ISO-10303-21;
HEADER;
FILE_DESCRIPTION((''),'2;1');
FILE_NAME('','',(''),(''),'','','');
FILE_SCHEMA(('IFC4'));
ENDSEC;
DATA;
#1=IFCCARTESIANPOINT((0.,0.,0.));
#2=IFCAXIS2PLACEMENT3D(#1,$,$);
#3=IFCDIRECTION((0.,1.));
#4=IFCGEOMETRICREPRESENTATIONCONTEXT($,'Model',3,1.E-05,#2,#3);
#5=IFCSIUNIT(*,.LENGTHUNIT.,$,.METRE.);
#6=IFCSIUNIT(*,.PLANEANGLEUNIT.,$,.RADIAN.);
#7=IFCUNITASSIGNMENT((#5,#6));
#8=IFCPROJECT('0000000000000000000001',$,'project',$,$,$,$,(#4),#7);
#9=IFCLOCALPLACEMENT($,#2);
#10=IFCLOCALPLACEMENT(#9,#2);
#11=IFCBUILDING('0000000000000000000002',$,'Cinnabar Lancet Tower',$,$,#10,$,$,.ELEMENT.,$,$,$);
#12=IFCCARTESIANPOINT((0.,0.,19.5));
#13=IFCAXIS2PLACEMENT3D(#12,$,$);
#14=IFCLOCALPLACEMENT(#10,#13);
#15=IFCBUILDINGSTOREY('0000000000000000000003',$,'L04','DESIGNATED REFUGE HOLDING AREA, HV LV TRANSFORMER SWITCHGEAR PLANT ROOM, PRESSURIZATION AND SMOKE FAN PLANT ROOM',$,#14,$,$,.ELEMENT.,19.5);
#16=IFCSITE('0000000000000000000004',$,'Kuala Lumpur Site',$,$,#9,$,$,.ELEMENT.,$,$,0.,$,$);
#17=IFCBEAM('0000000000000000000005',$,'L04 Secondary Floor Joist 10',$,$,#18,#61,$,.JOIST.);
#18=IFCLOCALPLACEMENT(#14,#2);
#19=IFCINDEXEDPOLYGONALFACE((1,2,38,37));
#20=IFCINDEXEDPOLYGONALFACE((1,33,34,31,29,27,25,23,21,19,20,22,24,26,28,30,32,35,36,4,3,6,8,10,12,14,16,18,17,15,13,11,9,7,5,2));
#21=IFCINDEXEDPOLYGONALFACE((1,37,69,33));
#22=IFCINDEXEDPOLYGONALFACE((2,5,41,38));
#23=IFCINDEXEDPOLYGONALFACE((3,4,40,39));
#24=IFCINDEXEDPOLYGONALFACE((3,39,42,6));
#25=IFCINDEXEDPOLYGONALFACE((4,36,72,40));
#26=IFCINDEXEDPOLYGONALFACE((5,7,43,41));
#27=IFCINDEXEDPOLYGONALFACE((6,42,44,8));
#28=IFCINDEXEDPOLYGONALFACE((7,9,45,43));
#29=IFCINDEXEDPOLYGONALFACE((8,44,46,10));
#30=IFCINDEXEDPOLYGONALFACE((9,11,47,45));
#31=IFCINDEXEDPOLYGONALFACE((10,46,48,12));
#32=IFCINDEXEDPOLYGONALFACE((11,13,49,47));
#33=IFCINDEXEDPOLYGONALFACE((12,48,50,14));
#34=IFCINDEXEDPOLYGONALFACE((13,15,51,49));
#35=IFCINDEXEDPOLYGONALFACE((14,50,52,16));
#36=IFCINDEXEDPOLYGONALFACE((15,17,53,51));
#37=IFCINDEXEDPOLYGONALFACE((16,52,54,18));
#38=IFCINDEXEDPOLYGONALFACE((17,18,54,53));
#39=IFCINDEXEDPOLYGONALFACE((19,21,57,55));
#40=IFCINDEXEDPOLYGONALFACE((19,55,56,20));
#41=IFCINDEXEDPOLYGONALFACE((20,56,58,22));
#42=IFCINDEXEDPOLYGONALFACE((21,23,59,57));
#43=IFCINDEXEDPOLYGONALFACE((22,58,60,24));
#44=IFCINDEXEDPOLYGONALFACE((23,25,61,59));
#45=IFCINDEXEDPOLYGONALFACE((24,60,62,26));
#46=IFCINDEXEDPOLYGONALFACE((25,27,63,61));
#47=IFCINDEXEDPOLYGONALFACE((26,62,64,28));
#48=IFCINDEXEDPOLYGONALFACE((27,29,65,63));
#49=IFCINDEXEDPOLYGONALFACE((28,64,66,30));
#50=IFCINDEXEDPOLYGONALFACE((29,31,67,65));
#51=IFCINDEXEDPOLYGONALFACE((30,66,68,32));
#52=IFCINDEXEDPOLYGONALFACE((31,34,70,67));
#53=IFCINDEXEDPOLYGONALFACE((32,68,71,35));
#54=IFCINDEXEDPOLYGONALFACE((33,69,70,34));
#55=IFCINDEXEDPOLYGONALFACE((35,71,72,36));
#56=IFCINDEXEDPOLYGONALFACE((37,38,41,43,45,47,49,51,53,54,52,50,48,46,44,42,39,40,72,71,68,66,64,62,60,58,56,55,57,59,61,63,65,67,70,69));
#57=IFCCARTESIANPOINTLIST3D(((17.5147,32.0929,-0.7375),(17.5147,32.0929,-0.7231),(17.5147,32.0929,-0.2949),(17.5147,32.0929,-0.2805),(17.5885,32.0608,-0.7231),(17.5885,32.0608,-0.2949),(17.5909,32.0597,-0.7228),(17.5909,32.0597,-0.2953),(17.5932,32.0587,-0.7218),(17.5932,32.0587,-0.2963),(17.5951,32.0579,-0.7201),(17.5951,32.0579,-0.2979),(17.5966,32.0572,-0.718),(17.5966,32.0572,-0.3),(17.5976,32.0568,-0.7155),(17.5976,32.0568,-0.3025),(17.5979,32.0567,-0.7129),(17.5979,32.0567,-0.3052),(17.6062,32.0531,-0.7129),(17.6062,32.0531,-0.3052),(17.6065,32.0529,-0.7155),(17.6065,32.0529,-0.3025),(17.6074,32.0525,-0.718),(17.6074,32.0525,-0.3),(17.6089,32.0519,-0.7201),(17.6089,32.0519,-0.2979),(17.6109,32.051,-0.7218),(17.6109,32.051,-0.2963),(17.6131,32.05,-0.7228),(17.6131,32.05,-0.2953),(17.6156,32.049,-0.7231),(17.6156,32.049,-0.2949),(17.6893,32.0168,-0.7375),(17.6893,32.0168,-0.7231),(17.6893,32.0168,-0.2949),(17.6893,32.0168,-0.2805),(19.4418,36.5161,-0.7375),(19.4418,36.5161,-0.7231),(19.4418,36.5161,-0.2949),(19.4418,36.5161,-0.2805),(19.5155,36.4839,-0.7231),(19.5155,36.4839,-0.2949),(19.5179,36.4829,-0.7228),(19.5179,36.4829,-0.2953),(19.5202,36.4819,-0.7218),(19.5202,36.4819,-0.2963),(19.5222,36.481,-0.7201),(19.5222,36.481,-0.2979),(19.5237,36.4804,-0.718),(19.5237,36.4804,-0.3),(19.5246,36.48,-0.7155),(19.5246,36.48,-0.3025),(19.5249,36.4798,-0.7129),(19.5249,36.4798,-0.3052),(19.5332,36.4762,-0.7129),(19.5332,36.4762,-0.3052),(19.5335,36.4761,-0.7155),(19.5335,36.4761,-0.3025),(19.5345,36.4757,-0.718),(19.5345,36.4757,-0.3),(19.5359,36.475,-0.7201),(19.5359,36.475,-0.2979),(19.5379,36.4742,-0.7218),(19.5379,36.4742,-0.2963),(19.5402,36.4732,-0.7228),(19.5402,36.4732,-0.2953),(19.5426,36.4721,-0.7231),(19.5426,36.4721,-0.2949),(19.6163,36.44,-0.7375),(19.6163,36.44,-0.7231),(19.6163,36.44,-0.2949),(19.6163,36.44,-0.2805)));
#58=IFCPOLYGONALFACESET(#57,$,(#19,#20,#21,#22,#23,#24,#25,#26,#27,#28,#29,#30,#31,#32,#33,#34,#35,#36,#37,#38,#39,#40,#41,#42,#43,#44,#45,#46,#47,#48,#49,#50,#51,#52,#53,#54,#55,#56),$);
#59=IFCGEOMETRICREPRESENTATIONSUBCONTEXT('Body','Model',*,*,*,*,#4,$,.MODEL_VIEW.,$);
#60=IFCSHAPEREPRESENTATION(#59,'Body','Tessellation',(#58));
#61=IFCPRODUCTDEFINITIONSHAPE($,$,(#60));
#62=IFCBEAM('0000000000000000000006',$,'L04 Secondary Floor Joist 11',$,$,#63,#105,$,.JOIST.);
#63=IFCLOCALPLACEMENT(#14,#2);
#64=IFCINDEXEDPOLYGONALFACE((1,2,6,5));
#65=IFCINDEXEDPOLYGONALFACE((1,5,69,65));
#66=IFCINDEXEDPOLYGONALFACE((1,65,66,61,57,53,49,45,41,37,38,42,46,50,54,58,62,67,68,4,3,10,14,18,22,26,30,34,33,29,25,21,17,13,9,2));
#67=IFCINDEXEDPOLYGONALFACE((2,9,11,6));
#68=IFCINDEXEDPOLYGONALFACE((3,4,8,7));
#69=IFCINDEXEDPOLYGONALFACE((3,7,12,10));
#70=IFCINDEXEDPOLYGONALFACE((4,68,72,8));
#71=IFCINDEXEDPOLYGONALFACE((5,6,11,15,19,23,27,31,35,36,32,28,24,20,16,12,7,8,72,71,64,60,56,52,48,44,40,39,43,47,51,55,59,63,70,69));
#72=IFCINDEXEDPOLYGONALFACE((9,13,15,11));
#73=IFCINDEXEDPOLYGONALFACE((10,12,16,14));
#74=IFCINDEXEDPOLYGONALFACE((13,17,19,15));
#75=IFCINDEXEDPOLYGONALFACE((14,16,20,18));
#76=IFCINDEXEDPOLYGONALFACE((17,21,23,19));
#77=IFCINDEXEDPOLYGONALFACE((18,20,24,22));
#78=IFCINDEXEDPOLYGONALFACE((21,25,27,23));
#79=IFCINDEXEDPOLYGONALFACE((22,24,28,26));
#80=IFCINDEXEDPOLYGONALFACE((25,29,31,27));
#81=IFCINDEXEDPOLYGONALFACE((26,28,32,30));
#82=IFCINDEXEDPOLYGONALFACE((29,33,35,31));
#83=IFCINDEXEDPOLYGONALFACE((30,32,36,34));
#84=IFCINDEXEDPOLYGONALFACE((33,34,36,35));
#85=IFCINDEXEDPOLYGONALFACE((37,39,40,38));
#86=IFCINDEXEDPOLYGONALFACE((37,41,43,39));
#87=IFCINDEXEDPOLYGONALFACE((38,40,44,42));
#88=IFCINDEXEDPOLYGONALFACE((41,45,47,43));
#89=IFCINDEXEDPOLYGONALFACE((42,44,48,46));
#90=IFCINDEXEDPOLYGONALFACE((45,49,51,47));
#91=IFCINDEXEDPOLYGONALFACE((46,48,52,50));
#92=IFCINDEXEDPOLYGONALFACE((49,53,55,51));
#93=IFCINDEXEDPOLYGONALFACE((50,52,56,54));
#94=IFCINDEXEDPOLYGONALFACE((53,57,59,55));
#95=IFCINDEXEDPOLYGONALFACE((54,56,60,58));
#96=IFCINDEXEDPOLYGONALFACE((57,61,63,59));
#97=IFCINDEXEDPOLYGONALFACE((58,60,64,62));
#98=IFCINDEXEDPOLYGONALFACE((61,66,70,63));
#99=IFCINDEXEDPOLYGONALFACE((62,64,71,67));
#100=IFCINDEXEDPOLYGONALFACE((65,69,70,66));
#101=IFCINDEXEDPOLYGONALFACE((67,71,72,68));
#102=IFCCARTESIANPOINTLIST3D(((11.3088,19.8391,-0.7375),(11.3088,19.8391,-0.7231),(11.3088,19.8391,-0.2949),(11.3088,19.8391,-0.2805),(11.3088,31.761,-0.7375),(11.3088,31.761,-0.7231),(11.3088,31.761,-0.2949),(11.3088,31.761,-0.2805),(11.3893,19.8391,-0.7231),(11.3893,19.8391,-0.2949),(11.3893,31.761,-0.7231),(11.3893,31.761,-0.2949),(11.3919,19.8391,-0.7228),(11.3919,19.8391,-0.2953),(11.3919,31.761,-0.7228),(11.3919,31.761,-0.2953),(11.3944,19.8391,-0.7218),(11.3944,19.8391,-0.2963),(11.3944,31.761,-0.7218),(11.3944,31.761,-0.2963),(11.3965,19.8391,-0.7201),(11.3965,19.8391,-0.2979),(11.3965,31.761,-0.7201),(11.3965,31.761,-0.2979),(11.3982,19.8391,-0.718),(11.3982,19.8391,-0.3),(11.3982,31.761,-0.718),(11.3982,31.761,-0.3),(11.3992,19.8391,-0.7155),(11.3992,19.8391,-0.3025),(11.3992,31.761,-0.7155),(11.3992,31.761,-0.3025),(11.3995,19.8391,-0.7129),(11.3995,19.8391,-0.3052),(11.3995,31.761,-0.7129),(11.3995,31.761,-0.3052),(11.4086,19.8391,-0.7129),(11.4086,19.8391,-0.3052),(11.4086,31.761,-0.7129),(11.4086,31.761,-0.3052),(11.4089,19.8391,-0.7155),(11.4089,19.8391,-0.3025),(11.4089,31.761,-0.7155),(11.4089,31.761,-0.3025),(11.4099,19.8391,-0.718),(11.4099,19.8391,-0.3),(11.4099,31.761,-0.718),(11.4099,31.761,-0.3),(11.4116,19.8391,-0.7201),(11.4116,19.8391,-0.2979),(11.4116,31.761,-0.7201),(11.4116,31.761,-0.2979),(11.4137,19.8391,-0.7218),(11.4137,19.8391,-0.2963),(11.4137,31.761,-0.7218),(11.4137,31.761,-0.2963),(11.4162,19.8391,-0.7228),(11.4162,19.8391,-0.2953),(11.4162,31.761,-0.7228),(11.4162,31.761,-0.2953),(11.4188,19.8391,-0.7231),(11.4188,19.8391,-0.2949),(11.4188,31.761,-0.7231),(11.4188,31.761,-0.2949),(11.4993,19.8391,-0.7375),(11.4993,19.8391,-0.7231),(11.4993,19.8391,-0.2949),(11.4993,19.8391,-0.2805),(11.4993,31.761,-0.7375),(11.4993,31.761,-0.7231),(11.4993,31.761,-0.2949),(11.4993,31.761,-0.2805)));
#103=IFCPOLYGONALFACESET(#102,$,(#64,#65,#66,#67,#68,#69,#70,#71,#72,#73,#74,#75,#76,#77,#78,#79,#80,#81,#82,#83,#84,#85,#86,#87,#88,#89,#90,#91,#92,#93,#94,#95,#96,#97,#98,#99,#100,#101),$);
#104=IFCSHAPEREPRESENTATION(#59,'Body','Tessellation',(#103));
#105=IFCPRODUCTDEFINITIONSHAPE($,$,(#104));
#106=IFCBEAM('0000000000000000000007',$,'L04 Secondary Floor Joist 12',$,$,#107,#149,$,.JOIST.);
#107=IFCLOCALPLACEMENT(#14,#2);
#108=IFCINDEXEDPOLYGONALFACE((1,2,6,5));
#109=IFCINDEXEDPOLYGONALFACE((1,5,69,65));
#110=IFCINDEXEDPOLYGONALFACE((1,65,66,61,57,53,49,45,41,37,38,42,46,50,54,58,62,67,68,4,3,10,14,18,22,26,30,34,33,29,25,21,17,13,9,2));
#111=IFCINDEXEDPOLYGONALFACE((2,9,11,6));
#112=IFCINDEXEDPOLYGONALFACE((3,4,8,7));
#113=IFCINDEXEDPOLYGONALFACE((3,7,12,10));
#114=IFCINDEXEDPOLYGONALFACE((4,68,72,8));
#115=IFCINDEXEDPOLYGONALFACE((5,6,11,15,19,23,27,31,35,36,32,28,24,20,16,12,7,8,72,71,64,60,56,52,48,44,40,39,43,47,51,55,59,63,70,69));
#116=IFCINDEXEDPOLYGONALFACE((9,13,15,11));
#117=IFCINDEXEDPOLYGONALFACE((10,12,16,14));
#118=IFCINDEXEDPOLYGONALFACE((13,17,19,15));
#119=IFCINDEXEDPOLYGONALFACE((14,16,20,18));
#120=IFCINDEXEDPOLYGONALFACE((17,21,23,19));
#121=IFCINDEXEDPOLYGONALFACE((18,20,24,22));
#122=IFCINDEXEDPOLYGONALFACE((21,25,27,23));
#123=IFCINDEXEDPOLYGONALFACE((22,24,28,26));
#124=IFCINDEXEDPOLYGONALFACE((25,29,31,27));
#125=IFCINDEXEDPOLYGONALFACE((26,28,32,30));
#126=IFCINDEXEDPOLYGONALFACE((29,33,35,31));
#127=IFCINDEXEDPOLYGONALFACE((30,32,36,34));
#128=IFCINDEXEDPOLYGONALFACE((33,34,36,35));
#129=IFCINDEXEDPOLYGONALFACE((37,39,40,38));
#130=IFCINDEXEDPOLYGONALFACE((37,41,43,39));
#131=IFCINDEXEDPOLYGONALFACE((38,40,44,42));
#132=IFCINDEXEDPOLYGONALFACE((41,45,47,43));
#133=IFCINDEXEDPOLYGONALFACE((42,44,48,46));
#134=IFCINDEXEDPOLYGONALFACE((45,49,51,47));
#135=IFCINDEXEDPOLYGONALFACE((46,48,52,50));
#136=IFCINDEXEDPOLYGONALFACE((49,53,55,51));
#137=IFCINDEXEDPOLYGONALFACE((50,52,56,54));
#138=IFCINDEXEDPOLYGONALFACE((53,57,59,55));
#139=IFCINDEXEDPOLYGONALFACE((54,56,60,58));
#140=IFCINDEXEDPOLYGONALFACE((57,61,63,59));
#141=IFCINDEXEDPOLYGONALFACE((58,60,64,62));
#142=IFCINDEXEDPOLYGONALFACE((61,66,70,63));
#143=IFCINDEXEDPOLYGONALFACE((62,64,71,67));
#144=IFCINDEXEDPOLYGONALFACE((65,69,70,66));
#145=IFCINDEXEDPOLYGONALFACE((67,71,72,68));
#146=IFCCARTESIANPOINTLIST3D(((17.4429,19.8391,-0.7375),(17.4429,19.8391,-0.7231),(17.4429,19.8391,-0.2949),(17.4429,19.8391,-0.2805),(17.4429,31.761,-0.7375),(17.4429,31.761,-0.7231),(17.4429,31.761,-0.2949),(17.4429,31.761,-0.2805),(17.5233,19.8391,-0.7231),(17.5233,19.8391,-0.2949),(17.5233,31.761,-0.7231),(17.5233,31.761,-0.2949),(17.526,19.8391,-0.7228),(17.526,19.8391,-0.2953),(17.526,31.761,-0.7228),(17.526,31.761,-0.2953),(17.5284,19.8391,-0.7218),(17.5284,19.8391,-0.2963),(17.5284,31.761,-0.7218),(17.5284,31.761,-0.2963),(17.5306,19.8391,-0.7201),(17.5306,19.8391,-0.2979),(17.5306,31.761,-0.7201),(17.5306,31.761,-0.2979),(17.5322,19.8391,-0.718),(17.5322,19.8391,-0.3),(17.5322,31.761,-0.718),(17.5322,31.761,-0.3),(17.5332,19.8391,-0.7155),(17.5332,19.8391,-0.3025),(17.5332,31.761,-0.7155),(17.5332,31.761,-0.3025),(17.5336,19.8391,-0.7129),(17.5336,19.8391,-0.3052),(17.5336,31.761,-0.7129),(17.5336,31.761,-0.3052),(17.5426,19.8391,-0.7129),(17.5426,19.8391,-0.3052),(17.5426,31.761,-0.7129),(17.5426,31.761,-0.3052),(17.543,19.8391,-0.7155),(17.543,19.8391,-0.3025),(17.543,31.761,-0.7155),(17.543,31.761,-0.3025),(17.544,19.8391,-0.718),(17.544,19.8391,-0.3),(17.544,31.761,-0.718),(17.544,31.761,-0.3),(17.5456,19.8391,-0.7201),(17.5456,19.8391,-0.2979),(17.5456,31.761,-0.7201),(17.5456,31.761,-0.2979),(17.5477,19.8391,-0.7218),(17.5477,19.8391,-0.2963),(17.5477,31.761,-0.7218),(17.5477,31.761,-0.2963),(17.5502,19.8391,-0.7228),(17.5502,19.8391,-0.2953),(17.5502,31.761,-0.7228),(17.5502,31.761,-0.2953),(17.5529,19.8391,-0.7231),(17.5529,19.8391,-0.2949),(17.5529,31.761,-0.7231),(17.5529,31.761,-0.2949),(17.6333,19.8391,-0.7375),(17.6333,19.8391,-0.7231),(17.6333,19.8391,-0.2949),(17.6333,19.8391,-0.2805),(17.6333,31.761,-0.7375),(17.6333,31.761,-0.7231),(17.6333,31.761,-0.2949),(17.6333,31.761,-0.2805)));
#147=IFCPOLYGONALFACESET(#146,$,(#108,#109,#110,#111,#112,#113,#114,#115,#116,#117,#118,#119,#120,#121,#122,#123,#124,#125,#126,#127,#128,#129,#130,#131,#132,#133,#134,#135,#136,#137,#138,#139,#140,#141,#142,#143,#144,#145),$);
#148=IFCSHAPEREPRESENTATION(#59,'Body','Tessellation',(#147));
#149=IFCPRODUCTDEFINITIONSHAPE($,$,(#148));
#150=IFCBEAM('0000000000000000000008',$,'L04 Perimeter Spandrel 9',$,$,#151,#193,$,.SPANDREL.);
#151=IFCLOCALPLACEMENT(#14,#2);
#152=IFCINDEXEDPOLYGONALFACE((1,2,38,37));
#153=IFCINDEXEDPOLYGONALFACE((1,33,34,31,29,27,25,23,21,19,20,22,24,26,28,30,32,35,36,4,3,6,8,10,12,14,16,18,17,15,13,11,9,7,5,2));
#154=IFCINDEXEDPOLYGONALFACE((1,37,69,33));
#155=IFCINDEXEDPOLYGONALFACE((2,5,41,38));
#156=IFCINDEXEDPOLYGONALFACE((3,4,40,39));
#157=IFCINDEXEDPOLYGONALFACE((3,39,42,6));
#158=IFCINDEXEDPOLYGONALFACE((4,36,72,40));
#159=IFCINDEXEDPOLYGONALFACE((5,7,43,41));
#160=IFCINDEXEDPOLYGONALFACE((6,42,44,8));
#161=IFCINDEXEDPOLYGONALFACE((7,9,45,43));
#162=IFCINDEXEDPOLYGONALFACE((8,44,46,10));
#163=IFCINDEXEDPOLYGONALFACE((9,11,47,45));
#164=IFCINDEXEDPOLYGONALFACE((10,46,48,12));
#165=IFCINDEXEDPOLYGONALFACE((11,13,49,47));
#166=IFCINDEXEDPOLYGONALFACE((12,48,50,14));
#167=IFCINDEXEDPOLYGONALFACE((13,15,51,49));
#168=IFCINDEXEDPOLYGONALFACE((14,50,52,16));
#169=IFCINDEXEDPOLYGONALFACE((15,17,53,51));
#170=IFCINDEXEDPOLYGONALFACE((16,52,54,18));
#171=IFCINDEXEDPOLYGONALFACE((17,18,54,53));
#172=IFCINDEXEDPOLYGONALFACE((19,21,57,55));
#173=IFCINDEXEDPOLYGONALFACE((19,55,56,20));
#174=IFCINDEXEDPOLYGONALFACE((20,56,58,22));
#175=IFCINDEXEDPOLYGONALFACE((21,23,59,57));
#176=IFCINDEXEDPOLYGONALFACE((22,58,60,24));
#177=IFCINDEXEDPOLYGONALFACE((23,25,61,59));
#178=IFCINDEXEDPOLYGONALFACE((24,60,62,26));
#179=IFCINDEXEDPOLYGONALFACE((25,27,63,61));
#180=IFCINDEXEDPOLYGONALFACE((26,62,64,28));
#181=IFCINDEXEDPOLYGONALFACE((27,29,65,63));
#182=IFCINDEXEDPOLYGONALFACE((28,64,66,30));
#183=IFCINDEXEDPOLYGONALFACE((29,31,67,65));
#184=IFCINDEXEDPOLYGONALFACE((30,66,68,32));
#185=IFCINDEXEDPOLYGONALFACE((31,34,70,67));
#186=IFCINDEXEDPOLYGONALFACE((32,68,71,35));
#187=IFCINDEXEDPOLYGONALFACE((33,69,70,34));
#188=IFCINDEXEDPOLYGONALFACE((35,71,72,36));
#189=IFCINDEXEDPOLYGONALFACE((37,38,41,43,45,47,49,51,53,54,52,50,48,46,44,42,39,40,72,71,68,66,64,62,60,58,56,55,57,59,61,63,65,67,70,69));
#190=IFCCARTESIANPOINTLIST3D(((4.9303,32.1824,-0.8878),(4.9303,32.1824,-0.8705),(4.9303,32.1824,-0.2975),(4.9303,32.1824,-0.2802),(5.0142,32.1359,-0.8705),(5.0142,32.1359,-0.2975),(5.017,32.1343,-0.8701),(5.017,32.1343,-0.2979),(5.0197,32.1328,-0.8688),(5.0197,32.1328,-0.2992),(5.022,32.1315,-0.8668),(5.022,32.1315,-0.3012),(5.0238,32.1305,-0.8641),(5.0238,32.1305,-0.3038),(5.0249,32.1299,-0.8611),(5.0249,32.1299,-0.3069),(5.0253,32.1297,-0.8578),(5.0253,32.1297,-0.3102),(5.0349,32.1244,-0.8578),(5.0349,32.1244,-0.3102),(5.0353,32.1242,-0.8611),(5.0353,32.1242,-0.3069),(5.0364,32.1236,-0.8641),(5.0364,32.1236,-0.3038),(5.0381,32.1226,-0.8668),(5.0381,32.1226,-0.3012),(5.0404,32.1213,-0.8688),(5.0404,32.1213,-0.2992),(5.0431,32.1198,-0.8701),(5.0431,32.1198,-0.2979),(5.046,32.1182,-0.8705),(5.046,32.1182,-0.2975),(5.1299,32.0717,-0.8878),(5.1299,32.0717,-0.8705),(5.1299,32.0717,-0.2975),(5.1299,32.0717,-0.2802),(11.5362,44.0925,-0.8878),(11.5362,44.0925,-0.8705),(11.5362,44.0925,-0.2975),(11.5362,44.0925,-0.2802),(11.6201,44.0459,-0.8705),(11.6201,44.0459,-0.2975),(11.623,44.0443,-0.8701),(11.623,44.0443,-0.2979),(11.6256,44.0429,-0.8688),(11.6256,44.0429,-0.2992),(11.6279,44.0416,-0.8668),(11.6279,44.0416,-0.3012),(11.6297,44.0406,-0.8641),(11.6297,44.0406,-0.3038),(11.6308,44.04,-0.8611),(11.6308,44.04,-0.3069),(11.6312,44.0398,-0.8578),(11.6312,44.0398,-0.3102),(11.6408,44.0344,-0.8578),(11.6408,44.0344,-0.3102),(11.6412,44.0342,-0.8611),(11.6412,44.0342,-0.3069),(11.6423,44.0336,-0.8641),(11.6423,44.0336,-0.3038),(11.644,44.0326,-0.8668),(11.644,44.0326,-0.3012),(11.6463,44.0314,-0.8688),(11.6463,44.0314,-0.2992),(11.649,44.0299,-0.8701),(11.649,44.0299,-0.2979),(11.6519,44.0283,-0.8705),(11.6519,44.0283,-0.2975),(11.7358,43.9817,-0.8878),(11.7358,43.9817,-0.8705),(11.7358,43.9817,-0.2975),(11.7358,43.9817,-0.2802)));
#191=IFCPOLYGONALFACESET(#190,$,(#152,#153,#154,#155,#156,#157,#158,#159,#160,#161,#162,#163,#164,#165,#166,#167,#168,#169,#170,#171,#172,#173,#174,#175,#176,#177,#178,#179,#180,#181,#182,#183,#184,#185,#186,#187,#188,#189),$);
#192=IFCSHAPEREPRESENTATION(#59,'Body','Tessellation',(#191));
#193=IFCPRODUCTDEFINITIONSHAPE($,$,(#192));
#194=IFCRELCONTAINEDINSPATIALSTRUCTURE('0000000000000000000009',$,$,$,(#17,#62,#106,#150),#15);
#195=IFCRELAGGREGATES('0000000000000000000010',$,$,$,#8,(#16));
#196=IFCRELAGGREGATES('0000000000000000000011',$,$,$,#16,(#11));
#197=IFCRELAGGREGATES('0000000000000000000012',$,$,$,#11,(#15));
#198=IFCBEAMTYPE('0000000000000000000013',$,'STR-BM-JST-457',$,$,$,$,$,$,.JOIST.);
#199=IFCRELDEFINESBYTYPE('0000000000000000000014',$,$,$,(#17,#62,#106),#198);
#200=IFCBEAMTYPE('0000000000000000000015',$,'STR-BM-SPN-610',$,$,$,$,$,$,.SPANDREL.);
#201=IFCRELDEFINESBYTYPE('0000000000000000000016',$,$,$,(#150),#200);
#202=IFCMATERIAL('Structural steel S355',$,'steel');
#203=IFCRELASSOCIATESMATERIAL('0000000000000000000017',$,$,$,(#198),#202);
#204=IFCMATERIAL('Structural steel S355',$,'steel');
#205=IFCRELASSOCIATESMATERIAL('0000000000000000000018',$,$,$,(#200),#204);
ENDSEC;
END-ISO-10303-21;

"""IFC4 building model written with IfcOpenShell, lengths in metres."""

from ifc_helpers import new_model, si_unit, direction, frame, origin, origin_2d, place, context, subcontext, project, spatial, i_section, extrude, material, material_profile, profile_set, type_object, element, save


model = new_model("IFC4")

# Units and contexts
model_context = context("Model", 3, precision=1e-05, world=origin(), true_north=direction((0.0, 1.0)))
body_context = subcontext(model_context, "Body", "Model", "MODEL_VIEW")
ifc_project = project(units=[si_unit("LENGTHUNIT", "METRE"), si_unit("PLANEANGLEUNIT", "RADIAN")], contexts=[model_context])

# Site, building, storey
site_placement = place(None, origin())
site = spatial("IfcSite", under=ifc_project, at=site_placement, Name="Kuala Lumpur Site", CompositionType="ELEMENT", RefElevation=0.0)
building_placement = place(site_placement, origin())
building = spatial("IfcBuilding", under=site, at=building_placement, Name="Cinnabar Lancet Tower", CompositionType="ELEMENT")
storey_placement = place(building_placement, frame((0.0, 0.0, 19.5)))
storey = spatial("IfcBuildingStorey", under=building, at=storey_placement, Name="L04", Description="DESIGNATED REFUGE HOLDING AREA, HV LV TRANSFORMER SWITCHGEAR PLANT ROOM, PRESSURIZATION AND SMOKE FAN PLANT ROOM", CompositionType="ELEMENT", Elevation=19.5)

# Beams
ifc_material_1 = material(Name="Structural steel S355", Category="steel")
ifc_material_profile_1 = material_profile(ifc_material_1, i_section(OverallWidth=0.1904, OverallDepth=0.457, WebThickness=0.009, FlangeThickness=0.0144, FilletRadius=0.0103, at=origin_2d()), Name="UKB 457x191x74")
ifc_profile_set_1 = profile_set([ifc_material_profile_1], Name="Structural steel S355")
beam_type_1 = type_object("IfcBeamType", Name="STR-BM-JST-457", PredefinedType="JOIST", material=ifc_profile_set_1)
beam_1_placement = place(storey_placement, frame((19.5291, 36.478, -0.509), z_axis=(-0.399409, -0.916773, 0.0), x_axis=(0.916773, -0.399409, 0.0)))
element("IfcBeam", 1, at=beam_1_placement, inside=storey, type_object=beam_type_1, Name="L04 Secondary Floor Joist 10", PredefinedType="JOIST", context=body_context, shape_type="SweptSolid", body=[
    extrude(i_section(OverallWidth=0.1904, OverallDepth=0.457, WebThickness=0.009, FlangeThickness=0.0144, FilletRadius=0.0103, at=origin_2d()), origin(), (0.0, 0.0, 1.0), 4.8247),
])
for number, where, z_axis, x_axis, name in (
    (2, (11.4041, 31.761, -0.509), (0.0, -1.0, 0.0), (1.0, 0.0, 0.0), "L04 Secondary Floor Joist 11"),
    (3, (17.5381, 31.761, -0.509), (0.0, -1.0, 0.0), (1.0, 0.0, 0.0), "L04 Secondary Floor Joist 12"),
):
    element("IfcBeam", number, at=place(storey_placement, frame(where, z_axis=z_axis, x_axis=x_axis)), inside=storey, type_object=beam_type_1, Name=name, PredefinedType="JOIST", context=body_context, shape_type="SweptSolid", body=[
        extrude(i_section(OverallWidth=0.1904, OverallDepth=0.457, WebThickness=0.009, FlangeThickness=0.0144, FilletRadius=0.0103, at=origin_2d()), origin(), (0.0, 0.0, 1.0), 11.9219),
    ])
ifc_material_2 = material(Name="Structural steel S355", Category="steel")
ifc_material_profile_2 = material_profile(ifc_material_2, i_section(OverallWidth=0.2283, OverallDepth=0.6077, WebThickness=0.011, FlangeThickness=0.0173, FilletRadius=0.0127, at=origin_2d()), Name="UKB 610x229x113")
ifc_profile_set_2 = profile_set([ifc_material_profile_2], Name="Structural steel S355")
beam_type_2 = type_object("IfcBeamType", Name="STR-BM-SPN-610", PredefinedType="SPANDREL", material=ifc_profile_set_2)
beam_2_placement = place(storey_placement, frame((11.636, 44.0371, -0.584), z_axis=(-0.485037, -0.874494, 0.0), x_axis=(0.874494, -0.485037, 0.0)))
element("IfcBeam", 4, at=beam_2_placement, inside=storey, type_object=beam_type_2, Name="L04 Perimeter Spandrel 9", PredefinedType="SPANDREL", context=body_context, shape_type="SweptSolid", body=[
    extrude(i_section(OverallWidth=0.2283, OverallDepth=0.6077, WebThickness=0.011, FlangeThickness=0.0173, FilletRadius=0.0127, at=origin_2d()), origin(), (0.0, 0.0, 1.0), 13.6194),
])

save(model, "model.ifc")
